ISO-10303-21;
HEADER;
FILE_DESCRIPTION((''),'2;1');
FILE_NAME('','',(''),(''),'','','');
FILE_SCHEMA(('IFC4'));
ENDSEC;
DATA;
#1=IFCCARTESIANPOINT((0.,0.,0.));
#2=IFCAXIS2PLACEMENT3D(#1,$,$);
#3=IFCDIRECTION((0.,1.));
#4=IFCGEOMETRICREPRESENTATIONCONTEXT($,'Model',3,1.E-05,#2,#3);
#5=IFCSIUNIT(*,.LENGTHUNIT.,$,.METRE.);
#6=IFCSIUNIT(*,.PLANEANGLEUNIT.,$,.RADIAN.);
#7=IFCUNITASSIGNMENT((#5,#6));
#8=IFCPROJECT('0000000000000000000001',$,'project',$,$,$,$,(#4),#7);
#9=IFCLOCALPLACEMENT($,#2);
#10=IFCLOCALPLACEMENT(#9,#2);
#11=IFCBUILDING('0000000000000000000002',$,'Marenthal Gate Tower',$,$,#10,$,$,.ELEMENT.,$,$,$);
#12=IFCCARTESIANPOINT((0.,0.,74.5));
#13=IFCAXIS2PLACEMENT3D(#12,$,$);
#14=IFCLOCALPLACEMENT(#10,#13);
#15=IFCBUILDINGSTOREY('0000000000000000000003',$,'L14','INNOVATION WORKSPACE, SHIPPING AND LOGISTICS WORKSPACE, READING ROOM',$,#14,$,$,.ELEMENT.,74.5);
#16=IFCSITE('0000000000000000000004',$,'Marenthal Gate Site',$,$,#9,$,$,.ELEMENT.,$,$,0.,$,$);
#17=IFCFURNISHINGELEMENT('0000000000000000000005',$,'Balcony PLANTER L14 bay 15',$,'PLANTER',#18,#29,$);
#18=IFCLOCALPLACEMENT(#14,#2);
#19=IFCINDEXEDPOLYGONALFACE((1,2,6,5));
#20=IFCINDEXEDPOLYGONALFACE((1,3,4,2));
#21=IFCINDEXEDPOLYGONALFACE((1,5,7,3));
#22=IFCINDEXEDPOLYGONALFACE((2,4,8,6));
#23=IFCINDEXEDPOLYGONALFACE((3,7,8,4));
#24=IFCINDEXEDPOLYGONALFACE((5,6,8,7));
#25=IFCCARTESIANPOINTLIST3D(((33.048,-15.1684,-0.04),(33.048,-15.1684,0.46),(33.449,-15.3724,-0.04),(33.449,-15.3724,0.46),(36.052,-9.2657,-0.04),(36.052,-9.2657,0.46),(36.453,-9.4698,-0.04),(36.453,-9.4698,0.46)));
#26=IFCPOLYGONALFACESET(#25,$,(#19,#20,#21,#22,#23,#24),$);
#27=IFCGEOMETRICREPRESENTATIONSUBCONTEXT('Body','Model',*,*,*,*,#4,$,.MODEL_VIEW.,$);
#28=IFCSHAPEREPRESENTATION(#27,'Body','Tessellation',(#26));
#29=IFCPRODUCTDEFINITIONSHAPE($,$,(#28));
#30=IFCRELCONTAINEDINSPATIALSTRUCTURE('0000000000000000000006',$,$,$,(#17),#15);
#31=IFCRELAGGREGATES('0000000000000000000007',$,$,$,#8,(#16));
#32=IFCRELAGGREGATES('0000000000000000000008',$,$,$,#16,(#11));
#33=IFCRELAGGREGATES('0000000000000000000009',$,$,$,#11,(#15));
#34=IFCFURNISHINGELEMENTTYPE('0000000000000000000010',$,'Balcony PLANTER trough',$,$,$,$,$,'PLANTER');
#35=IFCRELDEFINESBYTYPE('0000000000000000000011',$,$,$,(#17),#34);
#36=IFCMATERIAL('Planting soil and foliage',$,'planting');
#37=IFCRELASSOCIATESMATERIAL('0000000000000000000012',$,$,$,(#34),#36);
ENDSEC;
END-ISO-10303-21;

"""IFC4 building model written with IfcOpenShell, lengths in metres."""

from ifc_helpers import new_model, si_unit, direction, frame, origin, origin_2d, place, context, subcontext, project, spatial, rectangle, extrude, material, type_object, element, save


model = new_model("IFC4")

# Units and contexts
model_context = context("Model", 3, precision=1e-05, world=origin(), true_north=direction((0.0, 1.0)))
body_context = subcontext(model_context, "Body", "Model", "MODEL_VIEW")
ifc_project = project(units=[si_unit("LENGTHUNIT", "METRE"), si_unit("PLANEANGLEUNIT", "RADIAN")], contexts=[model_context])

# Site, building, storey
site_placement = place(None, origin())
site = spatial("IfcSite", under=ifc_project, at=site_placement, Name="Marenthal Gate Site", CompositionType="ELEMENT", RefElevation=0.0)
building_placement = place(site_placement, origin())
building = spatial("IfcBuilding", under=site, at=building_placement, Name="Marenthal Gate Tower", CompositionType="ELEMENT")
storey_placement = place(building_placement, frame((0.0, 0.0, 74.5)))
storey = spatial("IfcBuildingStorey", under=building, at=storey_placement, Name="L14", Description="INNOVATION WORKSPACE, SHIPPING AND LOGISTICS WORKSPACE, READING ROOM", CompositionType="ELEMENT", Elevation=74.5)

# Furnishing element
ifc_material_1 = material(Name="Planting soil and foliage", Category="planting")
furnishing_element_type = type_object("IfcFurnishingElementType", Name="Balcony PLANTER trough", ElementType="PLANTER", material=ifc_material_1)
furnishing_placement = place(storey_placement, frame((34.7505, -12.3191, -0.04), z_axis=(0.0, 0.0, 1.0), x_axis=(0.453561, 0.891225, 0.0)))
element("IfcFurnishingElement", 1, at=furnishing_placement, inside=storey, type_object=furnishing_element_type, Name="Balcony PLANTER L14 bay 15", ObjectType="PLANTER", context=body_context, shape_type="SweptSolid", body=[
    extrude(rectangle(XDim=6.623, YDim=0.45, at=origin_2d()), origin(), (0.0, 0.0, 1.0), 0.5),
])

save(model, "model.ifc")
